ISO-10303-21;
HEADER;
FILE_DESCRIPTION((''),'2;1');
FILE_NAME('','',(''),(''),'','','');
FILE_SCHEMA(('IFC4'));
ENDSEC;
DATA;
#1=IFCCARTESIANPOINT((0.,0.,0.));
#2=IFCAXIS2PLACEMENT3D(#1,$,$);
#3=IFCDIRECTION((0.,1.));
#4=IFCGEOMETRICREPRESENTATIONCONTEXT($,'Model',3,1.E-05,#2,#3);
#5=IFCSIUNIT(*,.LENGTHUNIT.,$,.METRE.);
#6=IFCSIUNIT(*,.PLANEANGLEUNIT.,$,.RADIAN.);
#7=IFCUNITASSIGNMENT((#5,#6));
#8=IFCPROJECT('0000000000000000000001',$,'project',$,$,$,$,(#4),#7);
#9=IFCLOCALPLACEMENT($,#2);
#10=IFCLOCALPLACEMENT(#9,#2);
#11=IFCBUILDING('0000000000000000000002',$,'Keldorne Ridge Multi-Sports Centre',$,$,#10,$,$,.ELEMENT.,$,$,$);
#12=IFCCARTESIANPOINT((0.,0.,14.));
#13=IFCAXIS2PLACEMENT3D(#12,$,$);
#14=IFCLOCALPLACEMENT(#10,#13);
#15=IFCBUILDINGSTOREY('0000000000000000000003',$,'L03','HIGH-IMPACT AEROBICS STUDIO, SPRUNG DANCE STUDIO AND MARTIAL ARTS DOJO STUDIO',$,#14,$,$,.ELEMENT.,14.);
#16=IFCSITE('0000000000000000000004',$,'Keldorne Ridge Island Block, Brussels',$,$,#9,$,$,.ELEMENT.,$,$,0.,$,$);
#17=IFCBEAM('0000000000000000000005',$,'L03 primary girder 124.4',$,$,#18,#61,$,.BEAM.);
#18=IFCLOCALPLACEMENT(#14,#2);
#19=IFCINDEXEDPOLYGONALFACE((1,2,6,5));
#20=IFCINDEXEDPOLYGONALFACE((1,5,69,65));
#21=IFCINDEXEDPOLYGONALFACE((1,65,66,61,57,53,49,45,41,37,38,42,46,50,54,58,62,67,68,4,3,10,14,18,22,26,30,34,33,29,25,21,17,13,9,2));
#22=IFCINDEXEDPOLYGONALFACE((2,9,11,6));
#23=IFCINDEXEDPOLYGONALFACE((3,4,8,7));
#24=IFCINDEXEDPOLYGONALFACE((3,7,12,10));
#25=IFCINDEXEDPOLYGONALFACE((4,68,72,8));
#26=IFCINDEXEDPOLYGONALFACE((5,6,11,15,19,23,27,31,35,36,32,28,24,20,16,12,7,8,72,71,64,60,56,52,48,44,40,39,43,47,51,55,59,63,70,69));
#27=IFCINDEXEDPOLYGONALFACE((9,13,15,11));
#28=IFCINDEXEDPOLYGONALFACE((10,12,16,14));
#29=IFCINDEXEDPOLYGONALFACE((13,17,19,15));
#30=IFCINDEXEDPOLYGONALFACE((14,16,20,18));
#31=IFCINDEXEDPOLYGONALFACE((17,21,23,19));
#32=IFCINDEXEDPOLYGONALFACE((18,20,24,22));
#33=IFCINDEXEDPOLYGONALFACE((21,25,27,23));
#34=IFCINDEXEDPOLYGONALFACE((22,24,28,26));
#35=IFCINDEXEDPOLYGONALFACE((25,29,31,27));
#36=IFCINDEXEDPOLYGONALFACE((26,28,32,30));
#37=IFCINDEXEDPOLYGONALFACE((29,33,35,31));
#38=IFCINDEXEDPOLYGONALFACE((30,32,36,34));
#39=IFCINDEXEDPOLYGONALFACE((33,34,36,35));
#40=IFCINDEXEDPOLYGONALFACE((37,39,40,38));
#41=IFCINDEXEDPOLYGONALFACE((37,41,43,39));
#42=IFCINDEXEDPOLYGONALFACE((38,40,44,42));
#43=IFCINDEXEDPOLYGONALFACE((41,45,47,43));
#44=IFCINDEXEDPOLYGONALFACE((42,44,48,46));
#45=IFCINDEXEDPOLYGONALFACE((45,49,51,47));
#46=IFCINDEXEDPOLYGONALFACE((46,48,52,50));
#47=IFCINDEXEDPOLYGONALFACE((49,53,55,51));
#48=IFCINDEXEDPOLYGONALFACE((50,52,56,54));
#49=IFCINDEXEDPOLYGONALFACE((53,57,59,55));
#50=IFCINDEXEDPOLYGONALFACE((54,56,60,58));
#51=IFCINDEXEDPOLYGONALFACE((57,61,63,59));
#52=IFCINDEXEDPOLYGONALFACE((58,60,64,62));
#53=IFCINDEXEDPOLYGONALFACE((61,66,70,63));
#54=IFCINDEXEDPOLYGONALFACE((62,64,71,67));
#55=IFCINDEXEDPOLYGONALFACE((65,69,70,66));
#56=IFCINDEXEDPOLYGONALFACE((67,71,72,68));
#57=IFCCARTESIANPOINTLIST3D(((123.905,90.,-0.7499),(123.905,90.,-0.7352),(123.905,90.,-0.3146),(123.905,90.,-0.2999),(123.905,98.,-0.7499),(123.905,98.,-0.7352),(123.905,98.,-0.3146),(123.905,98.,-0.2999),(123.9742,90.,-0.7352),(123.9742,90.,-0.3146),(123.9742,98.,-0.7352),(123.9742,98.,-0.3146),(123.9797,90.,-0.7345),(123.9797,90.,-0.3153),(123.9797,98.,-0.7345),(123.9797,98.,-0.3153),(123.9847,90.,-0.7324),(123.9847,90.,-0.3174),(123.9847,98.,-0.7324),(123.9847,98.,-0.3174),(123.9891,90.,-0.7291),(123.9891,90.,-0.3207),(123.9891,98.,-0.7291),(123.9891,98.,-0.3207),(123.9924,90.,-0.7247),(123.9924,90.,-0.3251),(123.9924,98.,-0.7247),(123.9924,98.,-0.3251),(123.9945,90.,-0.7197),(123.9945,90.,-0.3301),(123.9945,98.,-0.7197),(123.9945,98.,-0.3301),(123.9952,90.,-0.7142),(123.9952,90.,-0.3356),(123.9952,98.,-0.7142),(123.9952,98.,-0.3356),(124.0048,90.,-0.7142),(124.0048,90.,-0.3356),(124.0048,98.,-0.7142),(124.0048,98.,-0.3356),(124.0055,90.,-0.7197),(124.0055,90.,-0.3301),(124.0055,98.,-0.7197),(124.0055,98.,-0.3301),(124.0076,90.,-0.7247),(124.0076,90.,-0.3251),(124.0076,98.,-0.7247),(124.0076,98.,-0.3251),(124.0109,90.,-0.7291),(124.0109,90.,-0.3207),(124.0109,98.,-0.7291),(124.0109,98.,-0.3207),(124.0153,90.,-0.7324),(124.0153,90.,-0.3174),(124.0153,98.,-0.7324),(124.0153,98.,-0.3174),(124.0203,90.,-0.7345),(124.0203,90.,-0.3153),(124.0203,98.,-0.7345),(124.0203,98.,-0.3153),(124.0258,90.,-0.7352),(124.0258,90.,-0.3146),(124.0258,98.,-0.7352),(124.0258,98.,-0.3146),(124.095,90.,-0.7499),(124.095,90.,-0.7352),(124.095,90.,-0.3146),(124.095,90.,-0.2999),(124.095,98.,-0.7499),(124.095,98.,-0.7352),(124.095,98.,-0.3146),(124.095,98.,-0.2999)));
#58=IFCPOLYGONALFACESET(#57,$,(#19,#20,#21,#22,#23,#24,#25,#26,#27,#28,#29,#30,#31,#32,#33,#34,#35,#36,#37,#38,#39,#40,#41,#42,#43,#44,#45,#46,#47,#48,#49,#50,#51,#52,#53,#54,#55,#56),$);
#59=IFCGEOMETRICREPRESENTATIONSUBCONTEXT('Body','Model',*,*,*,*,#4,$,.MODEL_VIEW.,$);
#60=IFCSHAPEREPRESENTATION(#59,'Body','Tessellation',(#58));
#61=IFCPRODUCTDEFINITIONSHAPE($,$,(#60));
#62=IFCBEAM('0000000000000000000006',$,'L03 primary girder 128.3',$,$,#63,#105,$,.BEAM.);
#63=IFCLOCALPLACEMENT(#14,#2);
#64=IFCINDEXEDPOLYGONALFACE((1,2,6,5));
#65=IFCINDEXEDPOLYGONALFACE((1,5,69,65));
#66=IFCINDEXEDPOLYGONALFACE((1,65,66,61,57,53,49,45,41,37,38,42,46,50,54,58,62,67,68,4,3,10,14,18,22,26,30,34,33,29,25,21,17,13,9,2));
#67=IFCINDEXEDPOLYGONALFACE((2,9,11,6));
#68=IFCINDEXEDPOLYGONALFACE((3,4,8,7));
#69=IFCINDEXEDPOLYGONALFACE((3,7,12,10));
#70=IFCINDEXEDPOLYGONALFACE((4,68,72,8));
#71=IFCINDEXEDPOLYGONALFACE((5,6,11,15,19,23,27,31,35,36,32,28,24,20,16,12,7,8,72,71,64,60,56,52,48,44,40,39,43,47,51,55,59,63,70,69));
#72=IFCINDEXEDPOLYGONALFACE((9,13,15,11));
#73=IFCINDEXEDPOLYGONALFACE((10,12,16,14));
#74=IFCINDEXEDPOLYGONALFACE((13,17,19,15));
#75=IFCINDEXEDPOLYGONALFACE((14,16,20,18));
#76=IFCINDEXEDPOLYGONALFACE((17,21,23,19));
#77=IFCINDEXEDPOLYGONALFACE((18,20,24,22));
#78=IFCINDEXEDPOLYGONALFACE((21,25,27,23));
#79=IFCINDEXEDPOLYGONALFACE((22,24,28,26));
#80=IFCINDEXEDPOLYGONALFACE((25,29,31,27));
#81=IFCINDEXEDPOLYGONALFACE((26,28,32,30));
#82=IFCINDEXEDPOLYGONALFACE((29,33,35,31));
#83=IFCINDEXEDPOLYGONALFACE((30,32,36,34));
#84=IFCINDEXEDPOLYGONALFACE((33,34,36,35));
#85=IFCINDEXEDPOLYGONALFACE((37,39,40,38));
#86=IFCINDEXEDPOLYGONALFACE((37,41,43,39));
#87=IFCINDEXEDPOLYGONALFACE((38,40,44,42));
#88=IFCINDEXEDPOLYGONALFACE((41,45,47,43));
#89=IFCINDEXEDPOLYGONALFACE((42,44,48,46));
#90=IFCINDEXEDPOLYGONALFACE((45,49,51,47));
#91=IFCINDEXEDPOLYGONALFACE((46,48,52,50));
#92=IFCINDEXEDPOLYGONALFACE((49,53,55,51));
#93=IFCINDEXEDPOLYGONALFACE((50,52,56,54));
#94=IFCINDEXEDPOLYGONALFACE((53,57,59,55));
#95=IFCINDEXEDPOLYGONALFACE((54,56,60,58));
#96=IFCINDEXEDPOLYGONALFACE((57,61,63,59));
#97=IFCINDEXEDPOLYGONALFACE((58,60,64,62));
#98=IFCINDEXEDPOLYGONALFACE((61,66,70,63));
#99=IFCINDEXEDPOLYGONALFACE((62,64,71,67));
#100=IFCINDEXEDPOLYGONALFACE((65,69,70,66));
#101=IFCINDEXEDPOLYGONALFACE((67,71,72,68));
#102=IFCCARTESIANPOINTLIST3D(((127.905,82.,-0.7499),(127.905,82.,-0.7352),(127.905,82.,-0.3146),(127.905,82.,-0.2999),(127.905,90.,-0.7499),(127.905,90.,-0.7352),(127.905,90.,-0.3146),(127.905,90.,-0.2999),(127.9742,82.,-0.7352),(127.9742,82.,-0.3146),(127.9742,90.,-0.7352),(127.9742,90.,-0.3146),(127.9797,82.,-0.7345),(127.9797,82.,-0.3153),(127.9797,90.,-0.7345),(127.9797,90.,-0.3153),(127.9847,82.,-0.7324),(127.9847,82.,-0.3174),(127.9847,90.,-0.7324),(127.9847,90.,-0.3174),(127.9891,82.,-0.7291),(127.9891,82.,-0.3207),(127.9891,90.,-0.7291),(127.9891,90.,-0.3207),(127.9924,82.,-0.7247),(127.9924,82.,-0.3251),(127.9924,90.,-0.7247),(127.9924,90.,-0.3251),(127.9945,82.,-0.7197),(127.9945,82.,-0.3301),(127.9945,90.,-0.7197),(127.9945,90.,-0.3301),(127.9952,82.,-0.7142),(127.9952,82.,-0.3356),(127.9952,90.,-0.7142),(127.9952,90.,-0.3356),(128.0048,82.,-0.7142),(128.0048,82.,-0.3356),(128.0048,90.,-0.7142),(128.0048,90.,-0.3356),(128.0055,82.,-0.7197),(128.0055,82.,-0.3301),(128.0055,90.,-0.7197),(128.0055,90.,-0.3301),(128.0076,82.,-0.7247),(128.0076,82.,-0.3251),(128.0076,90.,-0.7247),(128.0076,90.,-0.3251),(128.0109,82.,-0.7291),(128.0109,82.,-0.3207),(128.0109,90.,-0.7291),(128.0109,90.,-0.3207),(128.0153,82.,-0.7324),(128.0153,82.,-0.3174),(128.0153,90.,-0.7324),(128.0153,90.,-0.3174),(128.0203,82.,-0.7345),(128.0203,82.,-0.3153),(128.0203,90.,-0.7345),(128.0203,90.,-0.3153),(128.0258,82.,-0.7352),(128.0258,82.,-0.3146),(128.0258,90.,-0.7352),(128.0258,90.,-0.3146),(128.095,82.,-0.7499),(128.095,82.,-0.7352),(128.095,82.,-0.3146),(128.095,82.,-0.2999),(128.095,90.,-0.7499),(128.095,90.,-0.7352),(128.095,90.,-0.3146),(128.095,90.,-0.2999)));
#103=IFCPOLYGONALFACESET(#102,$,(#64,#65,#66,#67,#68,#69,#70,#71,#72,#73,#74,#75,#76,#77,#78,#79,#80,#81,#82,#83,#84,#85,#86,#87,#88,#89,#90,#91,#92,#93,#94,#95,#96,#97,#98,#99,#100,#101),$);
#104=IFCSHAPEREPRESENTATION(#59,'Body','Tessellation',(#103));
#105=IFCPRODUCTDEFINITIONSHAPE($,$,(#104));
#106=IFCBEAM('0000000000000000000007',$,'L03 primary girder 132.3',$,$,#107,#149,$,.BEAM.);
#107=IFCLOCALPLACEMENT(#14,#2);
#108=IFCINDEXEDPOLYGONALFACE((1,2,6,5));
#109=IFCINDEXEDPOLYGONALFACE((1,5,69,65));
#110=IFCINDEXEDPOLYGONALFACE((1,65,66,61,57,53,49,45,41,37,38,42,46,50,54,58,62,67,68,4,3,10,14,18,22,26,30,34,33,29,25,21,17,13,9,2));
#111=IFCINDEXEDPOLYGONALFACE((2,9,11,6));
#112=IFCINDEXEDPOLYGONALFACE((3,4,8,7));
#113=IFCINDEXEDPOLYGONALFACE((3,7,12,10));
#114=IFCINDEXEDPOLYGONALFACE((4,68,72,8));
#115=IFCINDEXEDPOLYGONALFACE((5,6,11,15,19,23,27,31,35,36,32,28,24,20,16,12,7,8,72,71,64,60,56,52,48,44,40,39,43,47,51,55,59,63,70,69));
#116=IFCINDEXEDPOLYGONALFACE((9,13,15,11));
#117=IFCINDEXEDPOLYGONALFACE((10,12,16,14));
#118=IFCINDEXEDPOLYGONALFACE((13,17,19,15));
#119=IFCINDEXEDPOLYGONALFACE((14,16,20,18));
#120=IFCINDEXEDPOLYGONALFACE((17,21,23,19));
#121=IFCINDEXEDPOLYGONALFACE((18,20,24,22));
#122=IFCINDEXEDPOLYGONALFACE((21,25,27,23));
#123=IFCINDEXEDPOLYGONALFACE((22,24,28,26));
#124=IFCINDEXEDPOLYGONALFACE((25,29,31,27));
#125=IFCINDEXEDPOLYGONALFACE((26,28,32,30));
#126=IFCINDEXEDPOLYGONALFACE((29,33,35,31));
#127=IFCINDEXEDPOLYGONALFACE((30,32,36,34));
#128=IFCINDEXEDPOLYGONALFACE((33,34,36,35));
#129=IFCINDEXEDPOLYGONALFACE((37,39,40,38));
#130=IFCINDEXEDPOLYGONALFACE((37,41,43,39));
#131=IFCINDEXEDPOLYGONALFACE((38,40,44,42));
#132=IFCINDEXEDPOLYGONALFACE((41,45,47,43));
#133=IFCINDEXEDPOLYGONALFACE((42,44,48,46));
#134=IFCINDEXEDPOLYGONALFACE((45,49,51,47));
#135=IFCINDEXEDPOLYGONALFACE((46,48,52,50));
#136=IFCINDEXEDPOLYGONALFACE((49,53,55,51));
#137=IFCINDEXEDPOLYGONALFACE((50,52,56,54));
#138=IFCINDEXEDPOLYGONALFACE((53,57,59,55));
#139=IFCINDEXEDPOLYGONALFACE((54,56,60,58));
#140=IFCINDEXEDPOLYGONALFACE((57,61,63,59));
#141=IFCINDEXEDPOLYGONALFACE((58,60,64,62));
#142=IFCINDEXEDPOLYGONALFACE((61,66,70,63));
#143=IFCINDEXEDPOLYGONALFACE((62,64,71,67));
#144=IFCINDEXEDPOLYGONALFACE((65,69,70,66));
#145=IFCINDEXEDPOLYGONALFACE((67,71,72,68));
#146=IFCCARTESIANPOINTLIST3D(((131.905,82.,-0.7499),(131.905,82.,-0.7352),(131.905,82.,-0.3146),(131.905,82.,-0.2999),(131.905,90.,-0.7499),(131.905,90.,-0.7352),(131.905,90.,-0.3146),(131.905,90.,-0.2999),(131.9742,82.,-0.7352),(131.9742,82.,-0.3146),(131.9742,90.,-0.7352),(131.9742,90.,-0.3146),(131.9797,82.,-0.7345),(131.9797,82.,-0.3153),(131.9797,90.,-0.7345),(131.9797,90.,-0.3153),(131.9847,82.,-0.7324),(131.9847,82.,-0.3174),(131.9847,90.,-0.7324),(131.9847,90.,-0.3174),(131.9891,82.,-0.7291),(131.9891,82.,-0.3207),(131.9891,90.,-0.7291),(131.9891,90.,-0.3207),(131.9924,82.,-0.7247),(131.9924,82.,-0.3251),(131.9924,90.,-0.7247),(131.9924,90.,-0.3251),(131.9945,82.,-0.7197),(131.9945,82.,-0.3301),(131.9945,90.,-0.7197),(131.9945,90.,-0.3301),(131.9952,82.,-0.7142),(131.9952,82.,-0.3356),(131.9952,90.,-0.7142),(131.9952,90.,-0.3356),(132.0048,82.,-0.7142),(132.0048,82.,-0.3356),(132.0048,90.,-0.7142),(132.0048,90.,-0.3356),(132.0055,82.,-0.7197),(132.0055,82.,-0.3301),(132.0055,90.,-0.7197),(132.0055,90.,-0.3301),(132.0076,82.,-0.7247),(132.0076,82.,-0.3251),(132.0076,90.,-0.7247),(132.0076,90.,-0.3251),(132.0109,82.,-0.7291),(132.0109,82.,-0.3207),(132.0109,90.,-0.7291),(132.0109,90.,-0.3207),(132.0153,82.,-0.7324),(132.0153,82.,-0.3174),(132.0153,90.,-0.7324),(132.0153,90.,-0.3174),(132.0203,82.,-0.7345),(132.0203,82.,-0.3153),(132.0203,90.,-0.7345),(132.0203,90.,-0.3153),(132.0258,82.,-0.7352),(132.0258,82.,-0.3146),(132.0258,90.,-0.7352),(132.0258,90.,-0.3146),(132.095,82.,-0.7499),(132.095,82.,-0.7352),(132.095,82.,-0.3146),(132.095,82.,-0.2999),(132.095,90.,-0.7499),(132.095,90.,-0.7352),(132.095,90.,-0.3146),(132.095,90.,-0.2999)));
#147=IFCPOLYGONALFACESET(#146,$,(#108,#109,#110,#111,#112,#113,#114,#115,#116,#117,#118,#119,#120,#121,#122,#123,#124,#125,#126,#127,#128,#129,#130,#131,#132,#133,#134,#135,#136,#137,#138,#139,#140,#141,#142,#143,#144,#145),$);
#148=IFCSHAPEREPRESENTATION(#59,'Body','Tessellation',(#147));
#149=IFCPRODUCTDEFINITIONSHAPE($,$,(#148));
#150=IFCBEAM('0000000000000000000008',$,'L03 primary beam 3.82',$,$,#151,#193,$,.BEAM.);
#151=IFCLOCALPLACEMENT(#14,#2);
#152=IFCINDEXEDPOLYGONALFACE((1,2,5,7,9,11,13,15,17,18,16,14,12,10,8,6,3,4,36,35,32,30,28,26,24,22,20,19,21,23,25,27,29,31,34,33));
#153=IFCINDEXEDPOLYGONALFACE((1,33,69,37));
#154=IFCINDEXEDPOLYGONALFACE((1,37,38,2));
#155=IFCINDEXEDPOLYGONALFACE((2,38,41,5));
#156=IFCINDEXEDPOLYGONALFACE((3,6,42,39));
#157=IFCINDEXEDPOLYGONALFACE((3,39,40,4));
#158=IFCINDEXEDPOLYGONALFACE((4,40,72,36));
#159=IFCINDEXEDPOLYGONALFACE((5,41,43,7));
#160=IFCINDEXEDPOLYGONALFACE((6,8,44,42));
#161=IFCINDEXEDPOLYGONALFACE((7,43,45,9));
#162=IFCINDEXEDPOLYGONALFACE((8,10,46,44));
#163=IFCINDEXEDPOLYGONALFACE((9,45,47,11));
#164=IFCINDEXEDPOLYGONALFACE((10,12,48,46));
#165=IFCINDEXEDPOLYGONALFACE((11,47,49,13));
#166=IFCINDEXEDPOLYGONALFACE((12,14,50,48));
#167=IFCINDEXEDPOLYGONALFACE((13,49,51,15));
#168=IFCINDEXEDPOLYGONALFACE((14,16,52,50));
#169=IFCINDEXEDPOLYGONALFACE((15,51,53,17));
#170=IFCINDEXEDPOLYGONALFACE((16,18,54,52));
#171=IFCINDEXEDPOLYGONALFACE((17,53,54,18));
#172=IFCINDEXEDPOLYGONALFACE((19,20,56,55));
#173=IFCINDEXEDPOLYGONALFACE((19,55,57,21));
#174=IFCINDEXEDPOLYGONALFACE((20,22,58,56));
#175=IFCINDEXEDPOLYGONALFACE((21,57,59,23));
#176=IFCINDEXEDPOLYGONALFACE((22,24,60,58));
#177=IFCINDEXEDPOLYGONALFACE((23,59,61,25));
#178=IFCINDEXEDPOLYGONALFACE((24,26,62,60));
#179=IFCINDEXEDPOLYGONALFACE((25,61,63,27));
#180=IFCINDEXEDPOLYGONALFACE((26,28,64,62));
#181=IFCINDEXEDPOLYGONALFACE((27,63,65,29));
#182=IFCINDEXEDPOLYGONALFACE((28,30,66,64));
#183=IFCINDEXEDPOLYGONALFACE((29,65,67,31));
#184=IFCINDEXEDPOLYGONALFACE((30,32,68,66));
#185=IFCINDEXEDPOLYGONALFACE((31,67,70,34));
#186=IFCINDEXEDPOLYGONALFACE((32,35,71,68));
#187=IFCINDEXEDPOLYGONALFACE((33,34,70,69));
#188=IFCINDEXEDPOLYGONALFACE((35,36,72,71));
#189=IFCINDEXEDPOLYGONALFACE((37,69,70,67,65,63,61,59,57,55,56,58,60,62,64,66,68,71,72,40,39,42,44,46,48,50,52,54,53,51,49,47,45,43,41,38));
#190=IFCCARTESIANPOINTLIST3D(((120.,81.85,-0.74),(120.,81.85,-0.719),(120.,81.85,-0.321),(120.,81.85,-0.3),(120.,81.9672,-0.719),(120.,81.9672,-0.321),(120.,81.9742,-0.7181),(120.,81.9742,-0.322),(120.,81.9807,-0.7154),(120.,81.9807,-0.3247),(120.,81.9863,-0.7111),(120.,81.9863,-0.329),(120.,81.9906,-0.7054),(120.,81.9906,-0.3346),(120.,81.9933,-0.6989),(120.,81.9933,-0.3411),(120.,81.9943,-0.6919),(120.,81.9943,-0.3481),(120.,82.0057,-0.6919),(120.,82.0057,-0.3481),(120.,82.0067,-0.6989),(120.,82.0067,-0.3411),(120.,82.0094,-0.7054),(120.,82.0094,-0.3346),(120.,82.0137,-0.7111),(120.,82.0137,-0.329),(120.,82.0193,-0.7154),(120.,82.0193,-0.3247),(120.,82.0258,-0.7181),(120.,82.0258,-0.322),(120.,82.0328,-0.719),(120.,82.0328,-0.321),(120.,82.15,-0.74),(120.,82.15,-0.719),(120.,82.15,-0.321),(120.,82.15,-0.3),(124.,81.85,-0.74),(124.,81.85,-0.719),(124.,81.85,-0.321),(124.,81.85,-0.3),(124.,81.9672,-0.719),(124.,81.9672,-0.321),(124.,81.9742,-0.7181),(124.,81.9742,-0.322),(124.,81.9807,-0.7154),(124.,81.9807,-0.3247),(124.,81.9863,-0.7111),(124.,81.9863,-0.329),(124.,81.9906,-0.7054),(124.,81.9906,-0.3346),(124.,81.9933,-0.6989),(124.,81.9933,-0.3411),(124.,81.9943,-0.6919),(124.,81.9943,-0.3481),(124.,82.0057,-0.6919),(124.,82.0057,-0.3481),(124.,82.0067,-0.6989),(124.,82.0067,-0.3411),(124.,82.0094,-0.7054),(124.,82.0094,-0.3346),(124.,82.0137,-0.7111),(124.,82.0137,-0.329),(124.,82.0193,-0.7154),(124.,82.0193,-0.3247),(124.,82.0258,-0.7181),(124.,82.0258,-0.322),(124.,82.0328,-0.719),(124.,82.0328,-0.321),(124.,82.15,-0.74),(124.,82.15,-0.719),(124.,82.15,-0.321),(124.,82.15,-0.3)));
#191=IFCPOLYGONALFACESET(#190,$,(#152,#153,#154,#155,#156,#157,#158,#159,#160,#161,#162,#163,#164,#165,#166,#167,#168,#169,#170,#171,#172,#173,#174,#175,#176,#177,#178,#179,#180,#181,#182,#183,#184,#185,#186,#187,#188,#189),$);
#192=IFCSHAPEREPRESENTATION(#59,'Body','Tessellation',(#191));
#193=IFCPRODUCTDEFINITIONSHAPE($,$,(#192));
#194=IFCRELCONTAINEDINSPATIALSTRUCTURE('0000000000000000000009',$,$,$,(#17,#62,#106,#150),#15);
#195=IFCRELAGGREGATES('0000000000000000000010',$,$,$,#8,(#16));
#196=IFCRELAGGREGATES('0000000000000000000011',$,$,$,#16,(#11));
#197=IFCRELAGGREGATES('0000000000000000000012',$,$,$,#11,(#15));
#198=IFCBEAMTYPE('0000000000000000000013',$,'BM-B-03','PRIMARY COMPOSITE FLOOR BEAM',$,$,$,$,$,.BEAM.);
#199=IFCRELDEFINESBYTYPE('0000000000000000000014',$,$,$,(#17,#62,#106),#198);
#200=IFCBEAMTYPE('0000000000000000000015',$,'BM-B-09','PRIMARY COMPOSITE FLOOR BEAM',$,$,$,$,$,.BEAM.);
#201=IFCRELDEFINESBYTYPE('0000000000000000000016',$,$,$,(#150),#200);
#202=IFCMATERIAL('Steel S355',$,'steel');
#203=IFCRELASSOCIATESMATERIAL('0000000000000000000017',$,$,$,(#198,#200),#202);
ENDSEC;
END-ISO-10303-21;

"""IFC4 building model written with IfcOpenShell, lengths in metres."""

from ifc_helpers import new_model, si_unit, direction, frame, origin, origin_2d, place, context, subcontext, project, spatial, i_section, extrude, material, material_profile, profile_set, type_object, element, save


model = new_model("IFC4")

# Units and contexts
model_context = context("Model", 3, precision=1e-05, world=origin(), true_north=direction((0.0, 1.0)))
body_context = subcontext(model_context, "Body", "Model", "MODEL_VIEW")
ifc_project = project(units=[si_unit("LENGTHUNIT", "METRE"), si_unit("PLANEANGLEUNIT", "RADIAN")], contexts=[model_context])

# Site, building, storey
site_placement = place(None, origin())
site = spatial("IfcSite", under=ifc_project, at=site_placement, Name="Keldorne Ridge Island Block, Brussels", CompositionType="ELEMENT", RefElevation=0.0)
building_placement = place(site_placement, origin())
building = spatial("IfcBuilding", under=site, at=building_placement, Name="Keldorne Ridge Multi-Sports Centre", CompositionType="ELEMENT")
storey_placement = place(building_placement, frame((0.0, 0.0, 14.0)))
storey = spatial("IfcBuildingStorey", under=building, at=storey_placement, Name="L03", Description="HIGH-IMPACT AEROBICS STUDIO, SPRUNG DANCE STUDIO AND MARTIAL ARTS DOJO STUDIO", CompositionType="ELEMENT", Elevation=14.0)

# Shared definitions
ifc_material_1 = material(Name="Steel S355", Category="steel")

# Beams
ifc_material_profile_1 = material_profile(ifc_material_1, i_section(OverallWidth=0.1899, OverallDepth=0.45, WebThickness=0.0095, FlangeThickness=0.0146, FilletRadius=0.021, at=origin_2d()), Name="IPE 450")
ifc_profile_set_1 = profile_set([ifc_material_profile_1], Name="Steel S355")
beam_type_1 = type_object("IfcBeamType", Name="BM-B-03", Description="PRIMARY COMPOSITE FLOOR BEAM", PredefinedType="BEAM", material=ifc_profile_set_1)
for number, where, z_axis, x_axis, name in (
    (1, (124.0, 90.0, -0.5249), (0.0, 1.0, 0.0), (-1.0, 0.0, 0.0), "L03 primary girder 124.4"),
    (2, (128.0, 82.0, -0.5249), (0.0, 1.0, 0.0), (-1.0, 0.0, 0.0), "L03 primary girder 128.3"),
    (3, (132.0, 82.0, -0.5249), (0.0, 1.0, 0.0), (-1.0, 0.0, 0.0), "L03 primary girder 132.3"),
):
    element("IfcBeam", number, at=place(storey_placement, frame(where, z_axis=z_axis, x_axis=x_axis)), inside=storey, type_object=beam_type_1, Name=name, PredefinedType="BEAM", context=body_context, shape_type="SweptSolid", body=[
        extrude(i_section(OverallWidth=0.1899, OverallDepth=0.45, WebThickness=0.0095, FlangeThickness=0.0146, FilletRadius=0.021, at=origin_2d()), origin(), (0.0, 0.0, 1.0), 8.0),
    ])
ifc_material_profile_2 = material_profile(ifc_material_1, i_section(OverallWidth=0.3, OverallDepth=0.4399, WebThickness=0.0115, FlangeThickness=0.021, FilletRadius=0.0271, at=origin_2d()), Name="HEA 450")
ifc_profile_set_2 = profile_set([ifc_material_profile_2], Name="Steel S355")
beam_type_2 = type_object("IfcBeamType", Name="BM-B-09", Description="PRIMARY COMPOSITE FLOOR BEAM", PredefinedType="BEAM", material=ifc_profile_set_2)
for number, where, z_axis, x_axis, name in (
    (4, (120.0, 82.0, -0.52), (1.0, 0.0, 0.0), (0.0, 1.0, 0.0), "L03 primary beam 3.82"),
):
    element("IfcBeam", number, at=place(storey_placement, frame(where, z_axis=z_axis, x_axis=x_axis)), inside=storey, type_object=beam_type_2, Name=name, PredefinedType="BEAM", context=body_context, shape_type="SweptSolid", body=[
        extrude(i_section(OverallWidth=0.3, OverallDepth=0.4399, WebThickness=0.0115, FlangeThickness=0.021, FilletRadius=0.0271, at=origin_2d()), origin(), (0.0, 0.0, 1.0), 4.0),
    ])

save(model, "model.ifc")
